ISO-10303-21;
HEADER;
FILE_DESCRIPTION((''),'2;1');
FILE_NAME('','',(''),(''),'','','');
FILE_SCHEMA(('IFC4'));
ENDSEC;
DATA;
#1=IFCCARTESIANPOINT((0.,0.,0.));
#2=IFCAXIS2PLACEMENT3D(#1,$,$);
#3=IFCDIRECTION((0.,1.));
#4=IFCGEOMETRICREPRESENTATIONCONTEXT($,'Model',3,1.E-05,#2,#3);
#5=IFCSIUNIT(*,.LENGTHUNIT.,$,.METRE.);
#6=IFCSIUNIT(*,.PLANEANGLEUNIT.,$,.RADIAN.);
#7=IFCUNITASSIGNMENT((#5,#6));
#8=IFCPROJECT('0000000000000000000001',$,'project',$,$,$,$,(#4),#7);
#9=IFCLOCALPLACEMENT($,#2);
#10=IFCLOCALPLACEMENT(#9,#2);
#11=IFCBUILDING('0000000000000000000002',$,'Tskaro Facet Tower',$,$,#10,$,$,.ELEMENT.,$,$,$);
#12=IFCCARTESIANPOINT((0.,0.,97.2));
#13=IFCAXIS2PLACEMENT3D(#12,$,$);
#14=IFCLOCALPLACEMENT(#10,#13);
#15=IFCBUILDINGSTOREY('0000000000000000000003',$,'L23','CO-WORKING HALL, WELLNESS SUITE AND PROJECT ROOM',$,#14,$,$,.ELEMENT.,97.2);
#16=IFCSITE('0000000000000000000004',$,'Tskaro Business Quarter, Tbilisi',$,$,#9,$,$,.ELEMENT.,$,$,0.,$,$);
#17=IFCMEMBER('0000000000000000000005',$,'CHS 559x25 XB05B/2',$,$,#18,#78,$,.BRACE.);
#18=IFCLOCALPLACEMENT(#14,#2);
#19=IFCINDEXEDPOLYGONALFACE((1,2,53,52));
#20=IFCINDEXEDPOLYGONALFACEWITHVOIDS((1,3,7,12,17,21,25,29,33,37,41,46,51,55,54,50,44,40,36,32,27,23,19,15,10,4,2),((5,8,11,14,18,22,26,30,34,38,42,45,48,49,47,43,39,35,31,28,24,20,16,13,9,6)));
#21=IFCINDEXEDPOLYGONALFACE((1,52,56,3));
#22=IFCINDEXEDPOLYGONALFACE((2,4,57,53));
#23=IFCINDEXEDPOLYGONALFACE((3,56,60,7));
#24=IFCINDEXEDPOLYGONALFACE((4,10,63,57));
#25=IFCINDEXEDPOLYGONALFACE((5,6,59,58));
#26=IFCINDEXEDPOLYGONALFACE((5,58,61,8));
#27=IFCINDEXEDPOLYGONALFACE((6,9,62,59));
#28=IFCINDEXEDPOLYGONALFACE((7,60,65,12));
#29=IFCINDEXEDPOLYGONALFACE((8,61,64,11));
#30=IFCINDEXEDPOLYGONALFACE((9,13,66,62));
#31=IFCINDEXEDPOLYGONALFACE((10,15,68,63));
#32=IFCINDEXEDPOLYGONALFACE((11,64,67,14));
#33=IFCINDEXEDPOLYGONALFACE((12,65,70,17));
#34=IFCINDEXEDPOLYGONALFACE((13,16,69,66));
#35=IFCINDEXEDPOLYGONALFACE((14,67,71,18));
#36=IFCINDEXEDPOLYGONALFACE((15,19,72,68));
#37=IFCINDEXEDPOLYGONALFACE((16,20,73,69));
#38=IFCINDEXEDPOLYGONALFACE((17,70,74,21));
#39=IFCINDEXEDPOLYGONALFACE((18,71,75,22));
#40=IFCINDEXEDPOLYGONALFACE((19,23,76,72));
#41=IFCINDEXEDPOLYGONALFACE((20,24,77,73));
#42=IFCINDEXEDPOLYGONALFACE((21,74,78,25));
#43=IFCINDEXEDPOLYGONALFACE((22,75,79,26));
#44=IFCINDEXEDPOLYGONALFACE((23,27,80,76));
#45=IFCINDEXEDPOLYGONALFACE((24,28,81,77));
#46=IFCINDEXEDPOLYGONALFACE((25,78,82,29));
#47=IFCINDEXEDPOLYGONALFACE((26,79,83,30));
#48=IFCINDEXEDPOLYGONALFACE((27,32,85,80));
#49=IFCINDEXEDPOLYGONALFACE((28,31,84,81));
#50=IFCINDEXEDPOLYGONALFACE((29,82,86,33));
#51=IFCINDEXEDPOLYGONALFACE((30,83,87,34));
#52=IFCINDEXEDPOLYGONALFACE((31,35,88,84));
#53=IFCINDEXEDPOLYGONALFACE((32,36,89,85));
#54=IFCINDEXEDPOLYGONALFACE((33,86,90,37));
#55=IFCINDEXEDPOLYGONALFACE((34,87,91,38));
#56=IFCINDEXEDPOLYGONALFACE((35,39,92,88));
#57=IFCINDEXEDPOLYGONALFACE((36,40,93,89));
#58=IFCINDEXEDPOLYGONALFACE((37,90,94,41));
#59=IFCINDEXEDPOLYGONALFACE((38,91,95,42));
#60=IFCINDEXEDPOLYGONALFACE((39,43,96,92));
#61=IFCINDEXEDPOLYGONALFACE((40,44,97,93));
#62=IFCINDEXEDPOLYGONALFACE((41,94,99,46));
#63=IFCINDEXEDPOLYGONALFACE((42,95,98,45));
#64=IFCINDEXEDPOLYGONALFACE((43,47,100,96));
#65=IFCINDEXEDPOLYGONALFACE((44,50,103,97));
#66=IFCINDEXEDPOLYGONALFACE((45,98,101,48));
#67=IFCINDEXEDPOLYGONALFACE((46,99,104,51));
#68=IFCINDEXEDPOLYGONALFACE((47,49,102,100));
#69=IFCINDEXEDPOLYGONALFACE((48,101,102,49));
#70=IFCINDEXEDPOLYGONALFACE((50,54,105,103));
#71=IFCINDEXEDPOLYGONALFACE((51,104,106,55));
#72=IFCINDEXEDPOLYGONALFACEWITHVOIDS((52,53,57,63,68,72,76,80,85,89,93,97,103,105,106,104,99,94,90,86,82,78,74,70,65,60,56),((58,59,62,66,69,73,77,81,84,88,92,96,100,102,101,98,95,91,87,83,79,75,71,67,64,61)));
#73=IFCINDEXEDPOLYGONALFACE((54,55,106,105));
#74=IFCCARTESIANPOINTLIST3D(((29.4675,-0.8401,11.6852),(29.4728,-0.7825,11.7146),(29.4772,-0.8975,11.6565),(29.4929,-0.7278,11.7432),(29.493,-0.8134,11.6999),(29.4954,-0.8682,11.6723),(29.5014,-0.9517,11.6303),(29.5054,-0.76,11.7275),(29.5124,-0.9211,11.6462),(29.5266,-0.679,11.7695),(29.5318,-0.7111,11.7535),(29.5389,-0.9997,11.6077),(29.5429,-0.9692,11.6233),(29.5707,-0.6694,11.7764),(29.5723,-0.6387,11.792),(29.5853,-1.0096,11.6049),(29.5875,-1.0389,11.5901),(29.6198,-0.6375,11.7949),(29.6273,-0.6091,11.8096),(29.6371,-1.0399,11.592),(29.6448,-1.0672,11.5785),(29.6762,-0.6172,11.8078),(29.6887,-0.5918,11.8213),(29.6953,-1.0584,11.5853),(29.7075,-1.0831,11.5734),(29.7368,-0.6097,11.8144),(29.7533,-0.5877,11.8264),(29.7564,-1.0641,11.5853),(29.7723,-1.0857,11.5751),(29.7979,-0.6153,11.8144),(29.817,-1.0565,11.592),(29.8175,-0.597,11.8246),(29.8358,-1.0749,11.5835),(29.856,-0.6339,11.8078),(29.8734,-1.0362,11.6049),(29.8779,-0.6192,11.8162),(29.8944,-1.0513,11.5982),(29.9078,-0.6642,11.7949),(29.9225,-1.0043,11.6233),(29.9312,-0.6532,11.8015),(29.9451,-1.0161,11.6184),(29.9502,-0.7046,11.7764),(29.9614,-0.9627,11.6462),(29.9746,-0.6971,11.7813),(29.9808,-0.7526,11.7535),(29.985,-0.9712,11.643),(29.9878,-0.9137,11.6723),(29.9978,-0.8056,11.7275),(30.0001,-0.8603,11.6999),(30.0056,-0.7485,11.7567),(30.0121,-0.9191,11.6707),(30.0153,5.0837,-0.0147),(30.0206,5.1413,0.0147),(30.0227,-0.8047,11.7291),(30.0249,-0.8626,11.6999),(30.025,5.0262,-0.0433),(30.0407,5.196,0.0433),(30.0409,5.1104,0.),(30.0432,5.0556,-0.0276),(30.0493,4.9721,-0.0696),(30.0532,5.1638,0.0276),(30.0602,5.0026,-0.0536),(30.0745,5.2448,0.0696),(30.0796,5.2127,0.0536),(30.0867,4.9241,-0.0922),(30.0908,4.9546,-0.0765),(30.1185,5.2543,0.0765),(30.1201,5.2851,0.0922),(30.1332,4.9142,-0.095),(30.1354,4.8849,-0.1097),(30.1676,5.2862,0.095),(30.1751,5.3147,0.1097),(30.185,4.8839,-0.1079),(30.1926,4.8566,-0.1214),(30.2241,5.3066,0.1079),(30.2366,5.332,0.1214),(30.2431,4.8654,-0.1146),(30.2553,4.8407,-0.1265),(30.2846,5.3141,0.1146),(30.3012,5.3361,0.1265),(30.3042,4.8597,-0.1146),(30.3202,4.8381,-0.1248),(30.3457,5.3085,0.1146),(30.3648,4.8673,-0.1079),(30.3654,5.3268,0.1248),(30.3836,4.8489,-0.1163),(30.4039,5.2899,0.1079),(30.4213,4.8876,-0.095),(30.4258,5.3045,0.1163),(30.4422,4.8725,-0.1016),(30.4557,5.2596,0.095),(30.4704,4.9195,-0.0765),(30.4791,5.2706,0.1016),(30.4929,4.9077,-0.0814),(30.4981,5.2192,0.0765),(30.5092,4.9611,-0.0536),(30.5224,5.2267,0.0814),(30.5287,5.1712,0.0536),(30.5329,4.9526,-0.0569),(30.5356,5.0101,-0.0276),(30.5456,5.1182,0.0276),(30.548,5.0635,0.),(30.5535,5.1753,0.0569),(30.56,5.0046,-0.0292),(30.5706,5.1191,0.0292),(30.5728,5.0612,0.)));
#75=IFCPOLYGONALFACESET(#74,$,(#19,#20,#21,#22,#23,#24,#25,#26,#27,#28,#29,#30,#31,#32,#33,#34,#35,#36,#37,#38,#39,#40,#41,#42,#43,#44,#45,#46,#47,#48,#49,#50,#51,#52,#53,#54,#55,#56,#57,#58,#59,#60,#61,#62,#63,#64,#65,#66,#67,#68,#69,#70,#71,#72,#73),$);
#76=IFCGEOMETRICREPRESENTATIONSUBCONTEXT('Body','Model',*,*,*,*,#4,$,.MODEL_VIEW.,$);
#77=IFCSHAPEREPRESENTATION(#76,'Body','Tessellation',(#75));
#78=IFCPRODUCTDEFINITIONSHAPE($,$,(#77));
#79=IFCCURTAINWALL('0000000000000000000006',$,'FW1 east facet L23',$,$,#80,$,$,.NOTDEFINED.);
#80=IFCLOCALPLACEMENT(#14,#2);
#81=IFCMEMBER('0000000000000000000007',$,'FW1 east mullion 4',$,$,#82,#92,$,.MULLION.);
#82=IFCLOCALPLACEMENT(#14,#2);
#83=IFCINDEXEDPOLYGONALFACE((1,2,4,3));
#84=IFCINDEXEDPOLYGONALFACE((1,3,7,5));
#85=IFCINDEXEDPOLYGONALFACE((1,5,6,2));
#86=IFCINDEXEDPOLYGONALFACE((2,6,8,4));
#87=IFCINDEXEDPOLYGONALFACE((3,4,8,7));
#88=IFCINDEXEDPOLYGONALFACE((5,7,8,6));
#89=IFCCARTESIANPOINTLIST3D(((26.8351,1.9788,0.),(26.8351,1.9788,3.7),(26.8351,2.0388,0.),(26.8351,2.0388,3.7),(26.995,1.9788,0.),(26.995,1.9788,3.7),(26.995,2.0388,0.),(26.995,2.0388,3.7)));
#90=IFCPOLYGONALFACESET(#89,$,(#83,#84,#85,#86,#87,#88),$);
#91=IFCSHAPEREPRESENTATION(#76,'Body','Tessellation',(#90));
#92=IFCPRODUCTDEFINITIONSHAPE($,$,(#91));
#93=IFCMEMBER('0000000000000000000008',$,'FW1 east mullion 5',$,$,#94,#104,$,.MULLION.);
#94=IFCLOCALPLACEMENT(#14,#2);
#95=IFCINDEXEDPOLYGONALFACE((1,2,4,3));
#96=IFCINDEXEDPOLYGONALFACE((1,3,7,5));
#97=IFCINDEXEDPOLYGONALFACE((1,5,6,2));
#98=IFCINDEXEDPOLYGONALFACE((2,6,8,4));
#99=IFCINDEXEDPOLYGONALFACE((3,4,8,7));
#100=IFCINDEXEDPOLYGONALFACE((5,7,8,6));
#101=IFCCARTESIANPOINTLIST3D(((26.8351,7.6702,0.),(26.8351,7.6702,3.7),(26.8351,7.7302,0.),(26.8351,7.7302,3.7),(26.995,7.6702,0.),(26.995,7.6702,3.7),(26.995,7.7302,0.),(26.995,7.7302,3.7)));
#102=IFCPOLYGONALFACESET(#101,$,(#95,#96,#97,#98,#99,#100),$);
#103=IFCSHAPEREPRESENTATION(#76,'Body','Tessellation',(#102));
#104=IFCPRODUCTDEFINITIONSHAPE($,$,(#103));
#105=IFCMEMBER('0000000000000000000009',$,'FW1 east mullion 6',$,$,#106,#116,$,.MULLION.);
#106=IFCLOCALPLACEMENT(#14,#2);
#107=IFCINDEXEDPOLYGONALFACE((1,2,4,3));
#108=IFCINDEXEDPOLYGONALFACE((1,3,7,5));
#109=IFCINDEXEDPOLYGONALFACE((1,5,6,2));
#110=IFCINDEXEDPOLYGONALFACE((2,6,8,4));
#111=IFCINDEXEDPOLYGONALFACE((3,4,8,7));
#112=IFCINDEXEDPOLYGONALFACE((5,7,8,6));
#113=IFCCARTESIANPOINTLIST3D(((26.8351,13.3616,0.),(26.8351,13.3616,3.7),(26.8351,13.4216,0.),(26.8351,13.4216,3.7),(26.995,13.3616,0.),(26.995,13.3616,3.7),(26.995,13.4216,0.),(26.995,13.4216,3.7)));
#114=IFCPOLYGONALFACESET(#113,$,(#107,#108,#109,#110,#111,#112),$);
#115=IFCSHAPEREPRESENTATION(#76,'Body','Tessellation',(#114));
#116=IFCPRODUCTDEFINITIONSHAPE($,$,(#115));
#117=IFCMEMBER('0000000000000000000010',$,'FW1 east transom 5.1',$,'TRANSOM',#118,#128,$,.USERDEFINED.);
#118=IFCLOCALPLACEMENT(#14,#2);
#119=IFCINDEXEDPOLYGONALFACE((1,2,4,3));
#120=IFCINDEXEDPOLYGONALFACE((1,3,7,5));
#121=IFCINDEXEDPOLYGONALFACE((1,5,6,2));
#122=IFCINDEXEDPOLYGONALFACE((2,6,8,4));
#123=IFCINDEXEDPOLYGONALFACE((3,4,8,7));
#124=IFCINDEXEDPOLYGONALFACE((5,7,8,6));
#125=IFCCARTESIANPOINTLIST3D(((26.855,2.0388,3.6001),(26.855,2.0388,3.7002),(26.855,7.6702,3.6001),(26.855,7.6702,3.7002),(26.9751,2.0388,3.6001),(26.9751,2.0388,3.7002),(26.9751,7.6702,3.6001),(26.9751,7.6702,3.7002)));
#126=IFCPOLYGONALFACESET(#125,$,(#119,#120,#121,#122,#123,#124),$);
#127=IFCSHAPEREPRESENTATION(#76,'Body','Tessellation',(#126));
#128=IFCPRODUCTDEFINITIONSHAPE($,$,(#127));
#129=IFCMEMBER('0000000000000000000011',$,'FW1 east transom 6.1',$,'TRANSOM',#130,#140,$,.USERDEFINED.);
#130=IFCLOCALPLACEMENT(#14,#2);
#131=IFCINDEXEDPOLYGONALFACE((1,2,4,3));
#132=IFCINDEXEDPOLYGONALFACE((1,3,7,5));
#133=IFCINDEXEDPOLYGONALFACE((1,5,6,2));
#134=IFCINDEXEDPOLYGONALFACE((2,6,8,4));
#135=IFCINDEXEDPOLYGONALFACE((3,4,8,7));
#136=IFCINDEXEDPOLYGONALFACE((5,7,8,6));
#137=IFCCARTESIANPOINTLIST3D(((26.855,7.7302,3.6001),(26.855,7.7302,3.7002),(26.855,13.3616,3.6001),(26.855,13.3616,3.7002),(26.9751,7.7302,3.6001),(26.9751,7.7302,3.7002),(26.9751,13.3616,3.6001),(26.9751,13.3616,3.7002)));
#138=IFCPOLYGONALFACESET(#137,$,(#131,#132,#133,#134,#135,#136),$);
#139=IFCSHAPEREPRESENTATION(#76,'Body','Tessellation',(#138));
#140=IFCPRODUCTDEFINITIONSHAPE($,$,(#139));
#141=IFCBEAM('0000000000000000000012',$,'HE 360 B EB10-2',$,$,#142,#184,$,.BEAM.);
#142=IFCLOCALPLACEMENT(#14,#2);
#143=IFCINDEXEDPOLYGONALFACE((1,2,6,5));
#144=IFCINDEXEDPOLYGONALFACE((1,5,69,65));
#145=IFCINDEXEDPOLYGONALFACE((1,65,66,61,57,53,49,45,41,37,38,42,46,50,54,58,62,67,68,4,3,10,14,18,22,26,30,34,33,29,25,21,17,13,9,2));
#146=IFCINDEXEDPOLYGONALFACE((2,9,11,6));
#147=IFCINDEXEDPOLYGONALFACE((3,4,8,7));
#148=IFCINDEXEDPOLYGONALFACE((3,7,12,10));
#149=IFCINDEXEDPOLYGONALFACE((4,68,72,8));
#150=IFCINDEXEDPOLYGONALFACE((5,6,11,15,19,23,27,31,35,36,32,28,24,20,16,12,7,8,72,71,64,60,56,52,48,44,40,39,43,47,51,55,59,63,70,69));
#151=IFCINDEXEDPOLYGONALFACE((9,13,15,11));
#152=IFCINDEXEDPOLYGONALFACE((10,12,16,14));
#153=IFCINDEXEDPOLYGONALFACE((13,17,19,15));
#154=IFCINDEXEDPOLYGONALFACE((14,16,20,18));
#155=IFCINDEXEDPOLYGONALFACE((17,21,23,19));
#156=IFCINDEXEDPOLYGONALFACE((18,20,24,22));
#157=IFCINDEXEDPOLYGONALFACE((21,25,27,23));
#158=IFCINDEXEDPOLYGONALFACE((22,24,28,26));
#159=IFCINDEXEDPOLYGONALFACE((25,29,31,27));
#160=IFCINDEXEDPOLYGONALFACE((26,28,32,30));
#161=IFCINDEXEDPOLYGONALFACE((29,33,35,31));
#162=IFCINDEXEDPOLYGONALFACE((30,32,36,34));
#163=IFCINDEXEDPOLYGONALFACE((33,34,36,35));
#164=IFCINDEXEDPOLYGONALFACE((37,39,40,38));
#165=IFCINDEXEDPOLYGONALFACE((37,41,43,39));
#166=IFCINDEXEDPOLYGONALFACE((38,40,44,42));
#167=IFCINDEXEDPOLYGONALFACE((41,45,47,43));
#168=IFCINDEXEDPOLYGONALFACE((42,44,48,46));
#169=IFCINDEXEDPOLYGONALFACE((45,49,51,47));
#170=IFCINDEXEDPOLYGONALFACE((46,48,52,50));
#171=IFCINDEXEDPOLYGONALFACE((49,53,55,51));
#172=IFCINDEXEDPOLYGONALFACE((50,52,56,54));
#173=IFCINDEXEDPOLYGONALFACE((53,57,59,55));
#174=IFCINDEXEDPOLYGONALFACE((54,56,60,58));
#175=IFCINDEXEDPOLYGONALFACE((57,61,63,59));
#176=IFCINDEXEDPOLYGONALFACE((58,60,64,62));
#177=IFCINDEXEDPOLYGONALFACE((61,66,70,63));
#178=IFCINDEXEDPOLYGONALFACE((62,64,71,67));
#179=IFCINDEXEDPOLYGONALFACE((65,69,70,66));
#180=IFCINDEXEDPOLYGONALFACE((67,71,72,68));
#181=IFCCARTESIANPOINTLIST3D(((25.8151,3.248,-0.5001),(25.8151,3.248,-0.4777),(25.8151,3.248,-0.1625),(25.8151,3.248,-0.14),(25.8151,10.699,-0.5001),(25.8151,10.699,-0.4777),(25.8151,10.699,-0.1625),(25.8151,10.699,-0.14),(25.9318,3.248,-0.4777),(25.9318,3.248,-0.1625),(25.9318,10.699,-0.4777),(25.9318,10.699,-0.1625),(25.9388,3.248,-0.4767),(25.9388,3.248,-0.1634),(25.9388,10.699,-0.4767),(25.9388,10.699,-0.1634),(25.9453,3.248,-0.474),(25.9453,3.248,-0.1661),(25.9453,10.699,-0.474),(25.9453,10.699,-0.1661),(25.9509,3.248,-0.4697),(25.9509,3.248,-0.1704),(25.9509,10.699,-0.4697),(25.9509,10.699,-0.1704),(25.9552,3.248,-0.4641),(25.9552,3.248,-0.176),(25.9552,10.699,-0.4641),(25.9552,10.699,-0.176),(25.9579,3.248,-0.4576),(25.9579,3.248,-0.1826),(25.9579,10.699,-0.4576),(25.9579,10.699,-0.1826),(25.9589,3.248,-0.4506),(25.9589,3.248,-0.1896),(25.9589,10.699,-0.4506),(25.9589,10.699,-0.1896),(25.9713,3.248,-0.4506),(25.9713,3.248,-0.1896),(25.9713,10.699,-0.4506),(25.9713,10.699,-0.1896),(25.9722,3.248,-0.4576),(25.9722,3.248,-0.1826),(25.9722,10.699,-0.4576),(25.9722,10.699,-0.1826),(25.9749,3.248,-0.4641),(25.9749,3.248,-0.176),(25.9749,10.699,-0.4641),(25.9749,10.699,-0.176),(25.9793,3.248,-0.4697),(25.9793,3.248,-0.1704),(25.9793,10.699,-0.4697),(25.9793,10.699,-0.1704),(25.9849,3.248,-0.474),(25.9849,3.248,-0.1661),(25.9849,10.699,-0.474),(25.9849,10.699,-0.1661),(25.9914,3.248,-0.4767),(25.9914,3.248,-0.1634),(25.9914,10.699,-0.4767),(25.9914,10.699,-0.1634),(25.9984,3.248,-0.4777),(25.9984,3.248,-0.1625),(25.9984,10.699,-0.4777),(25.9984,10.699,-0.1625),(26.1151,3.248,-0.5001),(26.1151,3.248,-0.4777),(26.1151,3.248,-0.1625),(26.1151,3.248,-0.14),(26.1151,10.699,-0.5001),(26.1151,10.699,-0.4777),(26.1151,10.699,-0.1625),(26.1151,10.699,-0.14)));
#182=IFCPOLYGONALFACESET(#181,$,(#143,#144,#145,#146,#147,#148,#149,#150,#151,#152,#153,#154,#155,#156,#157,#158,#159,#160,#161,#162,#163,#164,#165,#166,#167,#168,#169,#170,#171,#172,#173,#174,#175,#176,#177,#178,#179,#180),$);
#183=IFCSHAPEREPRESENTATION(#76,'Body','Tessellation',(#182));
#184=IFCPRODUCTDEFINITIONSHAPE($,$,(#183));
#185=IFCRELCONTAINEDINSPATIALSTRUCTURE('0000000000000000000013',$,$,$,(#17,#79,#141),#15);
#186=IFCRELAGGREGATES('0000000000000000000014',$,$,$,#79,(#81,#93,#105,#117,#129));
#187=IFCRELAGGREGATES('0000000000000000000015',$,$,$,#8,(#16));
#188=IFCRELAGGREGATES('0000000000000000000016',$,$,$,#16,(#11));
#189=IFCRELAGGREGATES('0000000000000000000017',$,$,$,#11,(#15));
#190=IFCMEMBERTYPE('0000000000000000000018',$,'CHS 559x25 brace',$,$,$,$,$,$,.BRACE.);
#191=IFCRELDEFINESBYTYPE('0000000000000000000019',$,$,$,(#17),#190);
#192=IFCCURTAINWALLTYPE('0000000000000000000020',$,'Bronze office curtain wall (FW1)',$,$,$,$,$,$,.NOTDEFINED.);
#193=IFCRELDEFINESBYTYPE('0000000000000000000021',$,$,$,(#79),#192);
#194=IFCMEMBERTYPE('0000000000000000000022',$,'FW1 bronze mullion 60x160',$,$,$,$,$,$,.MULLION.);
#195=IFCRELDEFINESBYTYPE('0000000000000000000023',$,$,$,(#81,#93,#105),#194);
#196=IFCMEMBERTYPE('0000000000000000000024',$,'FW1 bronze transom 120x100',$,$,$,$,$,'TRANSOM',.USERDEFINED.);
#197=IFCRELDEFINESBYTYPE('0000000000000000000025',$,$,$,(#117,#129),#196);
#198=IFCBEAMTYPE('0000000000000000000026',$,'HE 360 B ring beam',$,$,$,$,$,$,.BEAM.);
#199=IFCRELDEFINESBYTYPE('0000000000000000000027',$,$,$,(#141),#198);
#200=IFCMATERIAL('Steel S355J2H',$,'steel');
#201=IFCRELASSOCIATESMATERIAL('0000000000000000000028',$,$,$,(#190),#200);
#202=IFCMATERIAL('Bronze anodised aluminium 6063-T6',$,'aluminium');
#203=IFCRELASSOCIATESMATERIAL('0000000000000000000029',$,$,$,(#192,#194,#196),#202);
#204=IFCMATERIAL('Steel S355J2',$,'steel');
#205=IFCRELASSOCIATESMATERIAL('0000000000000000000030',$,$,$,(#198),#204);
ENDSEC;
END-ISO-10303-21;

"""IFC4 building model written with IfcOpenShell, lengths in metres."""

from ifc_helpers import new_model, si_unit, direction, frame, origin, origin_2d, place, context, subcontext, project, spatial, rectangle, hollow_circle, i_section, extrude, material, material_profile, profile_set, type_object, element, aggregate, save


model = new_model("IFC4")

# Units and contexts
model_context = context("Model", 3, precision=1e-05, world=origin(), true_north=direction((0.0, 1.0)))
body_context = subcontext(model_context, "Body", "Model", "MODEL_VIEW")
ifc_project = project(units=[si_unit("LENGTHUNIT", "METRE"), si_unit("PLANEANGLEUNIT", "RADIAN")], contexts=[model_context])

# Site, building, storey
site_placement = place(None, origin())
site = spatial("IfcSite", under=ifc_project, at=site_placement, Name="Tskaro Business Quarter, Tbilisi", CompositionType="ELEMENT", RefElevation=0.0)
building_placement = place(site_placement, origin())
building = spatial("IfcBuilding", under=site, at=building_placement, Name="Tskaro Facet Tower", CompositionType="ELEMENT")
storey_placement = place(building_placement, frame((0.0, 0.0, 97.2)))
storey = spatial("IfcBuildingStorey", under=building, at=storey_placement, Name="L23", Description="CO-WORKING HALL, WELLNESS SUITE AND PROJECT ROOM", CompositionType="ELEMENT", Elevation=97.2)

# Shared definitions
ifc_material_1 = material(Name="Steel S355J2H", Category="steel")

# Member
ifc_material_profile_1 = material_profile(ifc_material_1, hollow_circle(Radius=0.2795, WallThickness=0.0249, at=origin_2d()), Name="CHS 559x25")
ifc_profile_set_1 = profile_set([ifc_material_profile_1], Name="Steel S355J2H")
member_type_1 = type_object("IfcMemberType", Name="CHS 559x25 brace", PredefinedType="BRACE", material=ifc_profile_set_1)
member_1_placement = place(storey_placement, frame((30.2944, 5.0869, 0.0), z_axis=(-0.041739, -0.451319, 0.891386), x_axis=(0.995751, -0.09209, 0.0)))
element("IfcMember", 1, at=member_1_placement, inside=storey, type_object=member_type_1, Name="CHS 559x25 XB05B/2", PredefinedType="BRACE", context=body_context, shape_type="SweptSolid", body=[
    extrude(hollow_circle(Radius=0.2795, WallThickness=0.0249, at=origin_2d()), origin(), (0.0, 0.0, 1.0), 13.1255),
])

# Curtain wall, members
ifc_material_2 = material(Name="Bronze anodised aluminium 6063-T6", Category="aluminium")
curtain_wall_type = type_object("IfcCurtainWallType", Name="Bronze office curtain wall (FW1)", PredefinedType="NOTDEFINED", material=ifc_material_2)
curtain_wall_placement = place(storey_placement, origin())
curtain_wall = element("IfcCurtainWall", 2, at=curtain_wall_placement, inside=storey, type_object=curtain_wall_type, Name="FW1 east facet L23", PredefinedType="NOTDEFINED")
ifc_material_profile_2 = material_profile(ifc_material_2, rectangle(XDim=0.0601, YDim=0.1599, at=origin_2d()), Name="Mullion 60x160")
ifc_profile_set_2 = profile_set([ifc_material_profile_2], Name="Bronze anodised aluminium 6063-T6")
member_type_2 = type_object("IfcMemberType", Name="FW1 bronze mullion 60x160", PredefinedType="MULLION", material=ifc_profile_set_2)
member_2_placement = place(storey_placement, frame((26.915, 2.0088, 0.0), z_axis=(0.0, 0.0, 1.0), x_axis=(0.0, 1.0, 0.0)))
member_2 = element("IfcMember", 3, at=member_2_placement, type_object=member_type_2, Name="FW1 east mullion 4", PredefinedType="MULLION", context=body_context, shape_type="SweptSolid", body=[
    extrude(rectangle(XDim=0.0601, YDim=0.1599, at=origin_2d()), origin(), (0.0, 0.0, 1.0), 3.7),
])
member_3_placement = place(storey_placement, frame((26.915, 7.7002, 0.0), z_axis=(0.0, 0.0, 1.0), x_axis=(0.0, 1.0, 0.0)))
member_3 = element("IfcMember", 4, at=member_3_placement, type_object=member_type_2, Name="FW1 east mullion 5", PredefinedType="MULLION", context=body_context, shape_type="SweptSolid", body=[
    extrude(rectangle(XDim=0.0601, YDim=0.1599, at=origin_2d()), origin(), (0.0, 0.0, 1.0), 3.7),
])
member_4_placement = place(storey_placement, frame((26.915, 13.3916, 0.0), z_axis=(0.0, 0.0, 1.0), x_axis=(0.0, 1.0, 0.0)))
member_4 = element("IfcMember", 5, at=member_4_placement, type_object=member_type_2, Name="FW1 east mullion 6", PredefinedType="MULLION", context=body_context, shape_type="SweptSolid", body=[
    extrude(rectangle(XDim=0.0601, YDim=0.1599, at=origin_2d()), origin(), (0.0, 0.0, 1.0), 3.7),
])
ifc_material_profile_3 = material_profile(ifc_material_2, rectangle(XDim=0.1201, YDim=0.1001, at=origin_2d()), Name="Transom 120x100")
ifc_profile_set_3 = profile_set([ifc_material_profile_3], Name="Bronze anodised aluminium 6063-T6")
member_type_3 = type_object("IfcMemberType", Name="FW1 bronze transom 120x100", ElementType="TRANSOM", PredefinedType="USERDEFINED", material=ifc_profile_set_3)
member_5_placement = place(storey_placement, frame((26.915, 2.0388, 3.6501), z_axis=(0.0, 1.0, 0.0), x_axis=(-1.0, 0.0, 0.0)))
member_5 = element("IfcMember", 6, at=member_5_placement, type_object=member_type_3, Name="FW1 east transom 5.1", ObjectType="TRANSOM", PredefinedType="USERDEFINED", context=body_context, shape_type="SweptSolid", body=[
    extrude(rectangle(XDim=0.1201, YDim=0.1001, at=origin_2d()), origin(), (0.0, 0.0, 1.0), 5.6313),
])
member_6_placement = place(storey_placement, frame((26.915, 7.7302, 3.6501), z_axis=(0.0, 1.0, 0.0), x_axis=(-1.0, 0.0, 0.0)))
member_6 = element("IfcMember", 7, at=member_6_placement, type_object=member_type_3, Name="FW1 east transom 6.1", ObjectType="TRANSOM", PredefinedType="USERDEFINED", context=body_context, shape_type="SweptSolid", body=[
    extrude(rectangle(XDim=0.1201, YDim=0.1001, at=origin_2d()), origin(), (0.0, 0.0, 1.0), 5.6313),
])

# Beam
ifc_material_3 = material(Name="Steel S355J2", Category="steel")
ifc_material_profile_4 = material_profile(ifc_material_3, i_section(OverallWidth=0.3, OverallDepth=0.3601, WebThickness=0.0125, FlangeThickness=0.0225, FilletRadius=0.0271, at=origin_2d()), Name="HE 360 B")
ifc_profile_set_4 = profile_set([ifc_material_profile_4], Name="Steel S355J2")
beam_type_1 = type_object("IfcBeamType", Name="HE 360 B ring beam", PredefinedType="BEAM", material=ifc_profile_set_4)
for number, where, z_axis, x_axis, name in (
    (8, (25.9651, 3.248, -0.3201), (0.0, 1.0, 0.0), (-1.0, 0.0, 0.0), "HE 360 B EB10-2"),
):
    element("IfcBeam", number, at=place(storey_placement, frame(where, z_axis=z_axis, x_axis=x_axis)), inside=storey, type_object=beam_type_1, Name=name, PredefinedType="BEAM", context=body_context, shape_type="SweptSolid", body=[
        extrude(i_section(OverallWidth=0.3, OverallDepth=0.3601, WebThickness=0.0125, FlangeThickness=0.0225, FilletRadius=0.0271, at=origin_2d()), origin(), (0.0, 0.0, 1.0), 7.4509),
    ])

aggregate(curtain_wall, [member_2, member_3, member_4, member_5, member_6])

save(model, "model.ifc")
